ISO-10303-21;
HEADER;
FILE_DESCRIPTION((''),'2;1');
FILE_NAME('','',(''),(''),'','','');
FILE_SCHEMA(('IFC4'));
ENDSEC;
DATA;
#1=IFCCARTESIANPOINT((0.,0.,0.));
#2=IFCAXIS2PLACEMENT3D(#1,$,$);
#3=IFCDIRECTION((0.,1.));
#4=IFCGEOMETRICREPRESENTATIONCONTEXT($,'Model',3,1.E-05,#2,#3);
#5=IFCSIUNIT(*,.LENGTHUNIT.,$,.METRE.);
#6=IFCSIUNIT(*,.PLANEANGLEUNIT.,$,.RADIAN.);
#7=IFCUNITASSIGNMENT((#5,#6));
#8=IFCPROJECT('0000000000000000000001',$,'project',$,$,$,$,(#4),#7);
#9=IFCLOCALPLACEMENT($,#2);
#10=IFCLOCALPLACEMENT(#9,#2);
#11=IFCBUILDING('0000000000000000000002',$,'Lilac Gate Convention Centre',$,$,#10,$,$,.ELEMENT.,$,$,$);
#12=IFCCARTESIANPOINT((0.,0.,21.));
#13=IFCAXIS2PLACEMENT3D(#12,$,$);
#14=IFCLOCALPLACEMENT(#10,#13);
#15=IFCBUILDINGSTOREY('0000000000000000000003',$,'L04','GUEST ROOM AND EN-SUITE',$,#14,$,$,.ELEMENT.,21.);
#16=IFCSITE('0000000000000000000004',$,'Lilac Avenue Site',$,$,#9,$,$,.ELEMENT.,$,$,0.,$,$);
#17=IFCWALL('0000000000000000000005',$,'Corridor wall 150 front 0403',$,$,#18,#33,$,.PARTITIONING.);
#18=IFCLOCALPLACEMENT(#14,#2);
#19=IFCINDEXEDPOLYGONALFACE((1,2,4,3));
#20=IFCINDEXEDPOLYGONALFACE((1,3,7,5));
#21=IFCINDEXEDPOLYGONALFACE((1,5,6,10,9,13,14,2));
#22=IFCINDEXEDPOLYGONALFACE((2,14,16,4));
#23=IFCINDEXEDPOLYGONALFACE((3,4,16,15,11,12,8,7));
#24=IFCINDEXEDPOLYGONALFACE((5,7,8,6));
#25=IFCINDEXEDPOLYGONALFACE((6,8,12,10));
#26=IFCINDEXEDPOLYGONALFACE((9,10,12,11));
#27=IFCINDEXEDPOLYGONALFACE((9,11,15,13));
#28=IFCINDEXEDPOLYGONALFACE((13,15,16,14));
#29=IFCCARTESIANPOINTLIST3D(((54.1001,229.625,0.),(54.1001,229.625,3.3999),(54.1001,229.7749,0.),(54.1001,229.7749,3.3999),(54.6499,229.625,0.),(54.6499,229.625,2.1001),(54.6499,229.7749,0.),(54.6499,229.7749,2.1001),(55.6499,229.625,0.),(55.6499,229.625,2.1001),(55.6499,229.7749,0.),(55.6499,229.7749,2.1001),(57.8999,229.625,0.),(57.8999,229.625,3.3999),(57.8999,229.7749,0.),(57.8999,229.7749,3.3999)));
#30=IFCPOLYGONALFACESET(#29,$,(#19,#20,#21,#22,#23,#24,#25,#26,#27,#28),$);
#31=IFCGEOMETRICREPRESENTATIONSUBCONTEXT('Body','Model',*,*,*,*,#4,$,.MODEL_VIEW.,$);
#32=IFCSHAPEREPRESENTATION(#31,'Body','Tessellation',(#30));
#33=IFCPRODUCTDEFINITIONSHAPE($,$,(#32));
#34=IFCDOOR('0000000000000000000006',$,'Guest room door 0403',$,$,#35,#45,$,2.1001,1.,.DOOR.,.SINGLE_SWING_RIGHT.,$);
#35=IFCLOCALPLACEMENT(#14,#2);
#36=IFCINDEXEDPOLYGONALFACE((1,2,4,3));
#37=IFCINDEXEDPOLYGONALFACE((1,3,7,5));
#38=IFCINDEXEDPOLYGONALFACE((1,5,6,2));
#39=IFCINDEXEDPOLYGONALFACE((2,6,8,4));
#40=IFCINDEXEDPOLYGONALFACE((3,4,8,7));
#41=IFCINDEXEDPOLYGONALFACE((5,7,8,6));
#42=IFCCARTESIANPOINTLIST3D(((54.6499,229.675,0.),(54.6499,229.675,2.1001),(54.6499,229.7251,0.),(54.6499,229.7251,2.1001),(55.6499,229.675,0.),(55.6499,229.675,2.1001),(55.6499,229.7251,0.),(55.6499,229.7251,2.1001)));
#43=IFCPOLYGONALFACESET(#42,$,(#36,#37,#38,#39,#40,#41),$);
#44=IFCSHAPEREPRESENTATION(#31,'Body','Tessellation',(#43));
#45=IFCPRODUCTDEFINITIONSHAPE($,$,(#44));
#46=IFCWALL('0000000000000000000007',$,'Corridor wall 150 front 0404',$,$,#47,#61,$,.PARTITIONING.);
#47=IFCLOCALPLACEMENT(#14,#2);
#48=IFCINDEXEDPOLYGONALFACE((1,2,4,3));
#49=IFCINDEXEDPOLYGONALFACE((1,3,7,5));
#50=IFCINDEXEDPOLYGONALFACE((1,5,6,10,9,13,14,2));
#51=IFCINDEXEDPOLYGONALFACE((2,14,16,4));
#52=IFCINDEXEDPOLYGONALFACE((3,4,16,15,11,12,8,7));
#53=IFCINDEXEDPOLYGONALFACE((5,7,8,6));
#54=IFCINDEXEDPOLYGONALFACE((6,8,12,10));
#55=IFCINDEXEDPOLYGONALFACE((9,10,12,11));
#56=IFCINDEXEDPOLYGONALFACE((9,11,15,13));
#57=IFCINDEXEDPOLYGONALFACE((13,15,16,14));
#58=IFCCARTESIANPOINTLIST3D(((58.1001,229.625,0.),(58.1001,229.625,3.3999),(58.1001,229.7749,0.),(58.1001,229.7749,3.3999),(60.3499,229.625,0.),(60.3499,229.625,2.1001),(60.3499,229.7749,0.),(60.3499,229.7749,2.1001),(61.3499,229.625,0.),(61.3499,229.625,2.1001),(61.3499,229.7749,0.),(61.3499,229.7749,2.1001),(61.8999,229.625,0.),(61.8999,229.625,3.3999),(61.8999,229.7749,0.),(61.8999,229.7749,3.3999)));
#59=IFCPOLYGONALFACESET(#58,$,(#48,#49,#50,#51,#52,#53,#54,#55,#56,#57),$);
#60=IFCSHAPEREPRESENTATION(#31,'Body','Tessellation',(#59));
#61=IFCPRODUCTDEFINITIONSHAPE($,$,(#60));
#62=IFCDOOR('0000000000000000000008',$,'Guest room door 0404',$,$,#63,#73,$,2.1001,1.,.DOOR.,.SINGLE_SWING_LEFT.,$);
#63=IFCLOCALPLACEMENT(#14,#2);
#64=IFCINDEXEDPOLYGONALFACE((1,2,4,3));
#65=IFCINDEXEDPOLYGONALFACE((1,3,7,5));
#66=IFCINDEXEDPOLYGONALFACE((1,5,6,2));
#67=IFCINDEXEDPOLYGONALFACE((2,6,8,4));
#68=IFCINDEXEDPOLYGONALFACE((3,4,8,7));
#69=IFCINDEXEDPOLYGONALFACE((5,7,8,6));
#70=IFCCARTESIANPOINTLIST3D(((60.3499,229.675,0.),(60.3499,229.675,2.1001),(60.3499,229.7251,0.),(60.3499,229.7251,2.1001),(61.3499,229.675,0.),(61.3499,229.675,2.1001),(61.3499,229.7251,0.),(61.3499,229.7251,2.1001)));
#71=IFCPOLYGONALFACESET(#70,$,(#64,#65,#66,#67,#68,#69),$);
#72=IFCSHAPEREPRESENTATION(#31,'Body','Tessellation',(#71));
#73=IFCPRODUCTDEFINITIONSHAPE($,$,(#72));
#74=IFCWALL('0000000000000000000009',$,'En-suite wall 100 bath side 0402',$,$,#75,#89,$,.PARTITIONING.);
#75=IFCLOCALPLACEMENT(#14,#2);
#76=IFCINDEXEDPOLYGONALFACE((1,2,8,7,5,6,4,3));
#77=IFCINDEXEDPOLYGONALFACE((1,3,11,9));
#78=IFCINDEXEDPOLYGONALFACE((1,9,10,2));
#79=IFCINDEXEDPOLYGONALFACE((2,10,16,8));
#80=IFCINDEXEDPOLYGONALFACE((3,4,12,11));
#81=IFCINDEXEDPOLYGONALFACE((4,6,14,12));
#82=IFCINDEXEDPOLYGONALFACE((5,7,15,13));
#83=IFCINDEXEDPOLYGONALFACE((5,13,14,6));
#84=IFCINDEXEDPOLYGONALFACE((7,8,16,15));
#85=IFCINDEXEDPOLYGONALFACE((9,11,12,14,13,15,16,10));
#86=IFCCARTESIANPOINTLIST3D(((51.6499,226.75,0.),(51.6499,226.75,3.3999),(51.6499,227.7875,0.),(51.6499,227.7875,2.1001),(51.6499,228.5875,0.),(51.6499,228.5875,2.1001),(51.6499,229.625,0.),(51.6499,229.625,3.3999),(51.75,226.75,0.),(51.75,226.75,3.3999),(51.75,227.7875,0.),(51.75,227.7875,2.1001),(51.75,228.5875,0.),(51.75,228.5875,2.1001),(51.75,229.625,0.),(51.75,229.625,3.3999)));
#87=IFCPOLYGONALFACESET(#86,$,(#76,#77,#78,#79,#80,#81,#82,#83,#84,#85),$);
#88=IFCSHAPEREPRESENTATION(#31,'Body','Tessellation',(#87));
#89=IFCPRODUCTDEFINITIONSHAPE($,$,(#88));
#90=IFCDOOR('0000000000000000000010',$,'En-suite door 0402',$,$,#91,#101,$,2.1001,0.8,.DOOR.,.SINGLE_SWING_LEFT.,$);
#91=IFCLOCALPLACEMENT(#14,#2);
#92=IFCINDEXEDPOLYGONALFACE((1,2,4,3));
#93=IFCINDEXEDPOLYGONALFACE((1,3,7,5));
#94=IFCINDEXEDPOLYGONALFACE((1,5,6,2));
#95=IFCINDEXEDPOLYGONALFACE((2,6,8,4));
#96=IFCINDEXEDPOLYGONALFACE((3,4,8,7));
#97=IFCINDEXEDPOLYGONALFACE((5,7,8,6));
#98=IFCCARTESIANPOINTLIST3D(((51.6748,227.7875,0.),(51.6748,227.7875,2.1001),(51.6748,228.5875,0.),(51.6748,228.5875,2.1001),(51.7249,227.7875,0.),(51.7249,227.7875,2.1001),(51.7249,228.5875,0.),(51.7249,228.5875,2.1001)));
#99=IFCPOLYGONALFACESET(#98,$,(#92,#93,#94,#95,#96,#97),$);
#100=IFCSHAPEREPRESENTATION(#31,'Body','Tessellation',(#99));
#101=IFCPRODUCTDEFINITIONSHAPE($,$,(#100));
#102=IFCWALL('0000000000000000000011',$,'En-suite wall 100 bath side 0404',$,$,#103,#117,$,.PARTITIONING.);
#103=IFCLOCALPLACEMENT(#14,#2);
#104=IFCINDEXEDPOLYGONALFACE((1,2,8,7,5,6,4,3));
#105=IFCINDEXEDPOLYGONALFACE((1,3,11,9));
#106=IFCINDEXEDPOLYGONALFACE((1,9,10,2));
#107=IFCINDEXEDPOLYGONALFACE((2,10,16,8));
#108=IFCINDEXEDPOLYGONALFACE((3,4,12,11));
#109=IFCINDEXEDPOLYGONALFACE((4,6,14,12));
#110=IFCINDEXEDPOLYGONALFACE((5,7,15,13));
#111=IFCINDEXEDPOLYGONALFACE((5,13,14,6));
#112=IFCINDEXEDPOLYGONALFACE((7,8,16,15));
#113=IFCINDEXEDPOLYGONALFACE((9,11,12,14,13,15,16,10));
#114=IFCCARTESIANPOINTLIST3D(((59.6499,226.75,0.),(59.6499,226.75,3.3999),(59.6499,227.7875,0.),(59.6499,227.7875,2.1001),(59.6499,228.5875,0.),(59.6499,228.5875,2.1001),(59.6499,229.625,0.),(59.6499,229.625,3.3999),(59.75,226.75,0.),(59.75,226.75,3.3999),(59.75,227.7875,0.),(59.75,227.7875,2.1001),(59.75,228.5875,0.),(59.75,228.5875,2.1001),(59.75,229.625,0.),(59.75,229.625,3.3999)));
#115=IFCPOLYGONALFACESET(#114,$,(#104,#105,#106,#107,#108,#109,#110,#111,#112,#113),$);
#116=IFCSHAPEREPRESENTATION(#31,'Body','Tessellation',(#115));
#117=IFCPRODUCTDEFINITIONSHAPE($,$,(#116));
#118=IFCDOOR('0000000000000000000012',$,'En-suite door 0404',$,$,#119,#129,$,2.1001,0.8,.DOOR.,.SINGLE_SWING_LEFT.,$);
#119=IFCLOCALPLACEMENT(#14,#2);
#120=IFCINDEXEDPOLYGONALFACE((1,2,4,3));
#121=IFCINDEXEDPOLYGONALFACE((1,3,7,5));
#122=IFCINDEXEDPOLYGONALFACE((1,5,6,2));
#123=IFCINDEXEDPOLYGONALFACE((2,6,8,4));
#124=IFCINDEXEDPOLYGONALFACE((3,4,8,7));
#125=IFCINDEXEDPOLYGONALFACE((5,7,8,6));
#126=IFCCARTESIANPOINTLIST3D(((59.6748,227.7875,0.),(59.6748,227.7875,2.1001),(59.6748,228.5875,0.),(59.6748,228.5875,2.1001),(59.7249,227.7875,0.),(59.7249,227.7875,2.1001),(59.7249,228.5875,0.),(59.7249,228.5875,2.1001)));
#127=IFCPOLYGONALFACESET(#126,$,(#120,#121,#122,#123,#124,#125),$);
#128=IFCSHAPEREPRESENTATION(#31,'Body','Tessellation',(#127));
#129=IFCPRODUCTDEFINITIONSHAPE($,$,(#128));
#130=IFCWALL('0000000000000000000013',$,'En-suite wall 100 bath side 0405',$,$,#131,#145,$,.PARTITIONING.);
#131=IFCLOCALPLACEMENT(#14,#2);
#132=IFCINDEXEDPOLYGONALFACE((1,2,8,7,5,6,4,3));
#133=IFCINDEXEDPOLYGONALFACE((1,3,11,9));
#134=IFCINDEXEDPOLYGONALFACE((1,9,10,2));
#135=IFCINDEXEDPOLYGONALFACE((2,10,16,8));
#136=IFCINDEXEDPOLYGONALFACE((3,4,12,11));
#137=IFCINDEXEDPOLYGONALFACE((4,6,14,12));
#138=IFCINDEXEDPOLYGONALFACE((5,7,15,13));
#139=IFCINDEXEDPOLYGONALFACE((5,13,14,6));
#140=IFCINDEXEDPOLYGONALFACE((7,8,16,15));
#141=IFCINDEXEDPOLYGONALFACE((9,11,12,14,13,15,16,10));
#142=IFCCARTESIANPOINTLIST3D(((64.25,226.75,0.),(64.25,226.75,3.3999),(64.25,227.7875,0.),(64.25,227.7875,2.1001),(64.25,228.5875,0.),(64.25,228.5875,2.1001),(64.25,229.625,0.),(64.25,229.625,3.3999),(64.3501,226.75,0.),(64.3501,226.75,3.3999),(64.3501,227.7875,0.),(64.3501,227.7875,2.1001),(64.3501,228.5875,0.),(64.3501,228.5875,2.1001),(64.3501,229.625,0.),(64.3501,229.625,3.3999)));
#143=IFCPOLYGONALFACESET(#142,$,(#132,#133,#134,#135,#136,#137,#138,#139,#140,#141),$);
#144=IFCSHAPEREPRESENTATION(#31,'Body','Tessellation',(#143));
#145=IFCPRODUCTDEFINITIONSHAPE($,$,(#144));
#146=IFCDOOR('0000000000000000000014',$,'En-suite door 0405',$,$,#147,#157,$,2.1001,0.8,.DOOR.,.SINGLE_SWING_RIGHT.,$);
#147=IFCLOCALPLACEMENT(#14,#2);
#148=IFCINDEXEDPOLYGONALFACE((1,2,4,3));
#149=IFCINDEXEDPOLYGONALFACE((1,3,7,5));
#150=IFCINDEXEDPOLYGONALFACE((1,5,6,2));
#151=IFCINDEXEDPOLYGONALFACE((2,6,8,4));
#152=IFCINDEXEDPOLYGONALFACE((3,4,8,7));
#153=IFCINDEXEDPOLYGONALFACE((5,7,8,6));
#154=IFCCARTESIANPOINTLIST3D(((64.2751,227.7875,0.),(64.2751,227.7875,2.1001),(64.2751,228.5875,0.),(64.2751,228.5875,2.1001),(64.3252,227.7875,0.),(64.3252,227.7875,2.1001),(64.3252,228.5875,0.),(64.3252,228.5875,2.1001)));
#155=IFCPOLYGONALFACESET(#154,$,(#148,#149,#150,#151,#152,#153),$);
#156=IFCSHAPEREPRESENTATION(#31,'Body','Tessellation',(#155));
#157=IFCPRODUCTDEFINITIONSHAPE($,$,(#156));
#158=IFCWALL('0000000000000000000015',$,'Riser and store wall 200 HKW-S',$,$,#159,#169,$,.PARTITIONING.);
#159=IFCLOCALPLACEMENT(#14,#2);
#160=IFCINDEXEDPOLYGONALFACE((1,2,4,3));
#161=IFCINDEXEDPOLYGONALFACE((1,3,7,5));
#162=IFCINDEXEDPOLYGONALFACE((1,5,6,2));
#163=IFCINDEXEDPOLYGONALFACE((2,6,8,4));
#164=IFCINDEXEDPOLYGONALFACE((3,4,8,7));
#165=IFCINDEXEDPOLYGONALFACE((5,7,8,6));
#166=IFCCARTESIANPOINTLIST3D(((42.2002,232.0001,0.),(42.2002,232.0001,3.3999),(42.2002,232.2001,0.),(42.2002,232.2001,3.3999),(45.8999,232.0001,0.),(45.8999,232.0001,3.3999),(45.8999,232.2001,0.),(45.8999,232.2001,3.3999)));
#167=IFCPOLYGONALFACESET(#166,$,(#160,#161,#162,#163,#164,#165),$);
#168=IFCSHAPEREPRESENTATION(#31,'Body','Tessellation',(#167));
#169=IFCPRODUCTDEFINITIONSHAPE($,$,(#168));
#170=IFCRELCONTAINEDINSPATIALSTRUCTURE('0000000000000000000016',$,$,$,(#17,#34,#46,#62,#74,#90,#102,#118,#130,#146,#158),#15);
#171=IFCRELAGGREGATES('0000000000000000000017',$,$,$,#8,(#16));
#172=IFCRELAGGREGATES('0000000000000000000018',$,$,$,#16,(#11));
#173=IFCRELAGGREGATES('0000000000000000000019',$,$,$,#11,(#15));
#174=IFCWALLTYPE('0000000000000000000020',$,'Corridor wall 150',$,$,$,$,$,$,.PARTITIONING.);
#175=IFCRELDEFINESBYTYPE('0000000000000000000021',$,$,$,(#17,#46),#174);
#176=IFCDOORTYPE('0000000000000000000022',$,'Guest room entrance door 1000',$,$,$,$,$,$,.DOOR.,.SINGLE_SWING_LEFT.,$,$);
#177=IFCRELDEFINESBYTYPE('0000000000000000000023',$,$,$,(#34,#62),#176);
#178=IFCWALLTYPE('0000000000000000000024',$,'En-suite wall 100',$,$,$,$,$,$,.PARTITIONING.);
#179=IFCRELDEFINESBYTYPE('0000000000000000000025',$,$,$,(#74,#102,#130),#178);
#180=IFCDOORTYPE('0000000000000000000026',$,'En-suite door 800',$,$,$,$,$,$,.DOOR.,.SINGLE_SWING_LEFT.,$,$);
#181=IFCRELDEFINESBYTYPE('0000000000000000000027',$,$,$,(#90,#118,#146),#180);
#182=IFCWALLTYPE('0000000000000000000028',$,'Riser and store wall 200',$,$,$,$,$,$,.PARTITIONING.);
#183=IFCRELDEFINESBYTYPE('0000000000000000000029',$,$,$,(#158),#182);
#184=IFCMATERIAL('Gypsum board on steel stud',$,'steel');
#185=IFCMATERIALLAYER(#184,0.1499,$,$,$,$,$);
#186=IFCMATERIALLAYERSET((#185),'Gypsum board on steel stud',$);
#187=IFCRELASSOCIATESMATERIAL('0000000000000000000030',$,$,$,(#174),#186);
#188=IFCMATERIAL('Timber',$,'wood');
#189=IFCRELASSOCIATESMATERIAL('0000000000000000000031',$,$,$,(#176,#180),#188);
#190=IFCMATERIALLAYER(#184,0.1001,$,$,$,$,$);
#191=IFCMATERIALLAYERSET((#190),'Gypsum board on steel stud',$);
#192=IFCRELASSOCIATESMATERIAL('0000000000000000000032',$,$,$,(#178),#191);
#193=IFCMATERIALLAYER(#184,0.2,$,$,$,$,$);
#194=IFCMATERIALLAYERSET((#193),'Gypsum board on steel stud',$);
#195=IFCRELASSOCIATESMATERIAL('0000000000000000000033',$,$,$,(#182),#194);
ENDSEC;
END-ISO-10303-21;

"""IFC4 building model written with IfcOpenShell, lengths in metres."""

from ifc_helpers import new_model, si_unit, direction, frame, frame_2d, origin, place, context, subcontext, project, spatial, rectangle, extrude, material, layer, layer_set, type_object, element, fill, save


model = new_model("IFC4")

# Units and contexts
model_context = context("Model", 3, precision=1e-05, world=origin(), true_north=direction((0.0, 1.0)))
body_context = subcontext(model_context, "Body", "Model", "MODEL_VIEW")
ifc_project = project(units=[si_unit("LENGTHUNIT", "METRE"), si_unit("PLANEANGLEUNIT", "RADIAN")], contexts=[model_context])

# Site, building, storey
site_placement = place(None, origin())
site = spatial("IfcSite", under=ifc_project, at=site_placement, Name="Lilac Avenue Site", CompositionType="ELEMENT", RefElevation=0.0)
building_placement = place(site_placement, origin())
building = spatial("IfcBuilding", under=site, at=building_placement, Name="Lilac Gate Convention Centre", CompositionType="ELEMENT")
storey_placement = place(building_placement, frame((0.0, 0.0, 21.0)))
storey = spatial("IfcBuildingStorey", under=building, at=storey_placement, Name="L04", Description="GUEST ROOM AND EN-SUITE", CompositionType="ELEMENT", Elevation=21.0)

# Walls, openings, doors
ifc_material_1 = material(Name="Gypsum board on steel stud", Category="steel")
ifc_layer_1 = layer(ifc_material_1, 0.1499)
ifc_layer_set_1 = layer_set([ifc_layer_1], Name="Gypsum board on steel stud")
wall_type_1 = type_object("IfcWallType", Name="Corridor wall 150", PredefinedType="PARTITIONING", material=ifc_layer_set_1)
ifc_material_2 = material(Name="Timber", Category="wood")
door_type_1 = type_object("IfcDoorType", Name="Guest room entrance door 1000", OperationType="SINGLE_SWING_LEFT", PredefinedType="DOOR", material=ifc_material_2)
wall_1_placement = place(storey_placement, frame((57.8999, 229.7, 0.0), z_axis=(0.0, 0.0, 1.0), x_axis=(-1.0, 0.0, 0.0)))
wall_1 = element("IfcWall", 1, at=wall_1_placement, inside=storey, type_object=wall_type_1, Name="Corridor wall 150 front 0403", PredefinedType="PARTITIONING", context=body_context, shape_type="SweptSolid", body=[
    extrude(rectangle(XDim=3.7998, YDim=0.1499, at=frame_2d((1.8999, 0.0))), origin(), (0.0, 0.0, 1.0), 3.3999),
])
opening_1_placement = place(wall_1_placement, frame((2.25, 0.0, 0.0)))
opening_1 = element("IfcOpeningElement", 2, at=opening_1_placement, cuts=wall_1, PredefinedType="OPENING", context=body_context, shape_type="SweptSolid", body=[
    extrude(rectangle(XDim=1.0, YDim=2.1001, at=frame_2d((0.5, 1.05))), frame((0.0, 0.085, 0.0), z_axis=(0.0, -1.0, 0.0), x_axis=(1.0, 0.0, 0.0)), (0.0, 0.0, 1.0), 0.1699),
])
door_1_placement = place(opening_1_placement, origin())
door_1 = element("IfcDoor", 3, at=door_1_placement, inside=storey, type_object=door_type_1, Name="Guest room door 0403", OperationType="SINGLE_SWING_RIGHT", OverallHeight=2.1001, OverallWidth=1.0, PredefinedType="DOOR", context=body_context, shape_type="SweptSolid", body=[
    extrude(rectangle(XDim=1.0, YDim=2.1001, at=frame_2d((0.5, 1.05))), frame((0.0, 0.0249, 0.0), z_axis=(0.0, -1.0, 0.0), x_axis=(1.0, 0.0, 0.0)), (0.0, 0.0, 1.0), 0.05),
])
fill(opening_1, door_1)
wall_2_placement = place(storey_placement, frame((61.8999, 229.7, 0.0), z_axis=(0.0, 0.0, 1.0), x_axis=(-1.0, 0.0, 0.0)))
wall_2 = element("IfcWall", 4, at=wall_2_placement, inside=storey, type_object=wall_type_1, Name="Corridor wall 150 front 0404", PredefinedType="PARTITIONING", context=body_context, shape_type="SweptSolid", body=[
    extrude(rectangle(XDim=3.7998, YDim=0.1499, at=frame_2d((1.8999, 0.0))), origin(), (0.0, 0.0, 1.0), 3.3999),
])
opening_2_placement = place(wall_2_placement, frame((0.55, 0.0, 0.0)))
opening_2 = element("IfcOpeningElement", 5, at=opening_2_placement, cuts=wall_2, PredefinedType="OPENING", context=body_context, shape_type="SweptSolid", body=[
    extrude(rectangle(XDim=1.0, YDim=2.1001, at=frame_2d((0.5, 1.05))), frame((0.0, 0.085, 0.0), z_axis=(0.0, -1.0, 0.0), x_axis=(1.0, 0.0, 0.0)), (0.0, 0.0, 1.0), 0.1699),
])
door_2_placement = place(opening_2_placement, origin())
door_2 = element("IfcDoor", 6, at=door_2_placement, inside=storey, type_object=door_type_1, Name="Guest room door 0404", OperationType="SINGLE_SWING_LEFT", OverallHeight=2.1001, OverallWidth=1.0, PredefinedType="DOOR", context=body_context, shape_type="SweptSolid", body=[
    extrude(rectangle(XDim=1.0, YDim=2.1001, at=frame_2d((0.5, 1.05))), frame((0.0, 0.0249, 0.0), z_axis=(0.0, -1.0, 0.0), x_axis=(1.0, 0.0, 0.0)), (0.0, 0.0, 1.0), 0.05),
])
fill(opening_2, door_2)
ifc_layer_2 = layer(ifc_material_1, 0.1001)
ifc_layer_set_2 = layer_set([ifc_layer_2], Name="Gypsum board on steel stud")
wall_type_2 = type_object("IfcWallType", Name="En-suite wall 100", PredefinedType="PARTITIONING", material=ifc_layer_set_2)
wall_3_placement = place(storey_placement, frame((51.7, 229.625, 0.0), z_axis=(0.0, 0.0, 1.0), x_axis=(0.0, -1.0, 0.0)))
wall_3 = element("IfcWall", 7, at=wall_3_placement, inside=storey, type_object=wall_type_2, Name="En-suite wall 100 bath side 0402", PredefinedType="PARTITIONING", context=body_context, shape_type="SweptSolid", body=[
    extrude(rectangle(XDim=2.875, YDim=0.1001, at=frame_2d((1.4375, 0.0))), origin(), (0.0, 0.0, 1.0), 3.3999),
])
opening_3_placement = place(wall_3_placement, frame((1.0376, 0.0, 0.0)))
opening_3 = element("IfcOpeningElement", 8, at=opening_3_placement, cuts=wall_3, PredefinedType="OPENING", context=body_context, shape_type="SweptSolid", body=[
    extrude(rectangle(XDim=0.8, YDim=2.1001, at=frame_2d((0.3999, 1.05))), frame((0.0, 0.0601, 0.0), z_axis=(0.0, -1.0, 0.0), x_axis=(1.0, 0.0, 0.0)), (0.0, 0.0, 1.0), 0.1201),
])
door_type_2 = type_object("IfcDoorType", Name="En-suite door 800", OperationType="SINGLE_SWING_LEFT", PredefinedType="DOOR", material=ifc_material_2)
door_3_placement = place(opening_3_placement, origin())
door_3 = element("IfcDoor", 9, at=door_3_placement, inside=storey, type_object=door_type_2, Name="En-suite door 0402", OperationType="SINGLE_SWING_LEFT", OverallHeight=2.1001, OverallWidth=0.8, PredefinedType="DOOR", context=body_context, shape_type="SweptSolid", body=[
    extrude(rectangle(XDim=0.8, YDim=2.1001, at=frame_2d((0.3999, 1.05))), frame((0.0, 0.0249, 0.0), z_axis=(0.0, -1.0, 0.0), x_axis=(1.0, 0.0, 0.0)), (0.0, 0.0, 1.0), 0.05),
])
fill(opening_3, door_3)
wall_4_placement = place(storey_placement, frame((59.7, 229.625, 0.0), z_axis=(0.0, 0.0, 1.0), x_axis=(0.0, -1.0, 0.0)))
wall_4 = element("IfcWall", 10, at=wall_4_placement, inside=storey, type_object=wall_type_2, Name="En-suite wall 100 bath side 0404", PredefinedType="PARTITIONING", context=body_context, shape_type="SweptSolid", body=[
    extrude(rectangle(XDim=2.875, YDim=0.1001, at=frame_2d((1.4375, 0.0))), origin(), (0.0, 0.0, 1.0), 3.3999),
])
opening_4_placement = place(wall_4_placement, frame((1.0376, 0.0, 0.0)))
opening_4 = element("IfcOpeningElement", 11, at=opening_4_placement, cuts=wall_4, PredefinedType="OPENING", context=body_context, shape_type="SweptSolid", body=[
    extrude(rectangle(XDim=0.8, YDim=2.1001, at=frame_2d((0.3999, 1.05))), frame((0.0, 0.0601, 0.0), z_axis=(0.0, -1.0, 0.0), x_axis=(1.0, 0.0, 0.0)), (0.0, 0.0, 1.0), 0.1201),
])
door_4_placement = place(opening_4_placement, origin())
door_4 = element("IfcDoor", 12, at=door_4_placement, inside=storey, type_object=door_type_2, Name="En-suite door 0404", OperationType="SINGLE_SWING_LEFT", OverallHeight=2.1001, OverallWidth=0.8, PredefinedType="DOOR", context=body_context, shape_type="SweptSolid", body=[
    extrude(rectangle(XDim=0.8, YDim=2.1001, at=frame_2d((0.3999, 1.05))), frame((0.0, 0.0249, 0.0), z_axis=(0.0, -1.0, 0.0), x_axis=(1.0, 0.0, 0.0)), (0.0, 0.0, 1.0), 0.05),
])
fill(opening_4, door_4)
wall_5_placement = place(storey_placement, frame((64.3, 226.75, 0.0), z_axis=(0.0, 0.0, 1.0), x_axis=(0.0, 1.0, 0.0)))
wall_5 = element("IfcWall", 13, at=wall_5_placement, inside=storey, type_object=wall_type_2, Name="En-suite wall 100 bath side 0405", PredefinedType="PARTITIONING", context=body_context, shape_type="SweptSolid", body=[
    extrude(rectangle(XDim=2.875, YDim=0.1001, at=frame_2d((1.4375, 0.0))), origin(), (0.0, 0.0, 1.0), 3.3999),
])
opening_5_placement = place(wall_5_placement, frame((1.0376, 0.0, 0.0)))
opening_5 = element("IfcOpeningElement", 14, at=opening_5_placement, cuts=wall_5, PredefinedType="OPENING", context=body_context, shape_type="SweptSolid", body=[
    extrude(rectangle(XDim=0.8, YDim=2.1001, at=frame_2d((0.3999, 1.05))), frame((0.0, 0.0601, 0.0), z_axis=(0.0, -1.0, 0.0), x_axis=(1.0, 0.0, 0.0)), (0.0, 0.0, 1.0), 0.1201),
])
door_5_placement = place(opening_5_placement, origin())
door_5 = element("IfcDoor", 15, at=door_5_placement, inside=storey, type_object=door_type_2, Name="En-suite door 0405", OperationType="SINGLE_SWING_RIGHT", OverallHeight=2.1001, OverallWidth=0.8, PredefinedType="DOOR", context=body_context, shape_type="SweptSolid", body=[
    extrude(rectangle(XDim=0.8, YDim=2.1001, at=frame_2d((0.3999, 1.05))), frame((0.0, 0.0249, 0.0), z_axis=(0.0, -1.0, 0.0), x_axis=(1.0, 0.0, 0.0)), (0.0, 0.0, 1.0), 0.05),
])
fill(opening_5, door_5)

# Wall
ifc_layer_3 = layer(ifc_material_1, 0.2)
ifc_layer_set_3 = layer_set([ifc_layer_3], Name="Gypsum board on steel stud")
wall_type_3 = type_object("IfcWallType", Name="Riser and store wall 200", PredefinedType="PARTITIONING", material=ifc_layer_set_3)
wall_6_placement = place(storey_placement, frame((42.2002, 232.1001, 0.0), z_axis=(0.0, 0.0, 1.0), x_axis=(1.0, 0.0, 0.0)))
element("IfcWall", 16, at=wall_6_placement, inside=storey, type_object=wall_type_3, Name="Riser and store wall 200 HKW-S", PredefinedType="PARTITIONING", context=body_context, shape_type="SweptSolid", body=[
    extrude(rectangle(XDim=3.6997, YDim=0.2, at=frame_2d((1.8499, 0.0))), origin(), (0.0, 0.0, 1.0), 3.3999),
])

save(model, "model.ifc")
